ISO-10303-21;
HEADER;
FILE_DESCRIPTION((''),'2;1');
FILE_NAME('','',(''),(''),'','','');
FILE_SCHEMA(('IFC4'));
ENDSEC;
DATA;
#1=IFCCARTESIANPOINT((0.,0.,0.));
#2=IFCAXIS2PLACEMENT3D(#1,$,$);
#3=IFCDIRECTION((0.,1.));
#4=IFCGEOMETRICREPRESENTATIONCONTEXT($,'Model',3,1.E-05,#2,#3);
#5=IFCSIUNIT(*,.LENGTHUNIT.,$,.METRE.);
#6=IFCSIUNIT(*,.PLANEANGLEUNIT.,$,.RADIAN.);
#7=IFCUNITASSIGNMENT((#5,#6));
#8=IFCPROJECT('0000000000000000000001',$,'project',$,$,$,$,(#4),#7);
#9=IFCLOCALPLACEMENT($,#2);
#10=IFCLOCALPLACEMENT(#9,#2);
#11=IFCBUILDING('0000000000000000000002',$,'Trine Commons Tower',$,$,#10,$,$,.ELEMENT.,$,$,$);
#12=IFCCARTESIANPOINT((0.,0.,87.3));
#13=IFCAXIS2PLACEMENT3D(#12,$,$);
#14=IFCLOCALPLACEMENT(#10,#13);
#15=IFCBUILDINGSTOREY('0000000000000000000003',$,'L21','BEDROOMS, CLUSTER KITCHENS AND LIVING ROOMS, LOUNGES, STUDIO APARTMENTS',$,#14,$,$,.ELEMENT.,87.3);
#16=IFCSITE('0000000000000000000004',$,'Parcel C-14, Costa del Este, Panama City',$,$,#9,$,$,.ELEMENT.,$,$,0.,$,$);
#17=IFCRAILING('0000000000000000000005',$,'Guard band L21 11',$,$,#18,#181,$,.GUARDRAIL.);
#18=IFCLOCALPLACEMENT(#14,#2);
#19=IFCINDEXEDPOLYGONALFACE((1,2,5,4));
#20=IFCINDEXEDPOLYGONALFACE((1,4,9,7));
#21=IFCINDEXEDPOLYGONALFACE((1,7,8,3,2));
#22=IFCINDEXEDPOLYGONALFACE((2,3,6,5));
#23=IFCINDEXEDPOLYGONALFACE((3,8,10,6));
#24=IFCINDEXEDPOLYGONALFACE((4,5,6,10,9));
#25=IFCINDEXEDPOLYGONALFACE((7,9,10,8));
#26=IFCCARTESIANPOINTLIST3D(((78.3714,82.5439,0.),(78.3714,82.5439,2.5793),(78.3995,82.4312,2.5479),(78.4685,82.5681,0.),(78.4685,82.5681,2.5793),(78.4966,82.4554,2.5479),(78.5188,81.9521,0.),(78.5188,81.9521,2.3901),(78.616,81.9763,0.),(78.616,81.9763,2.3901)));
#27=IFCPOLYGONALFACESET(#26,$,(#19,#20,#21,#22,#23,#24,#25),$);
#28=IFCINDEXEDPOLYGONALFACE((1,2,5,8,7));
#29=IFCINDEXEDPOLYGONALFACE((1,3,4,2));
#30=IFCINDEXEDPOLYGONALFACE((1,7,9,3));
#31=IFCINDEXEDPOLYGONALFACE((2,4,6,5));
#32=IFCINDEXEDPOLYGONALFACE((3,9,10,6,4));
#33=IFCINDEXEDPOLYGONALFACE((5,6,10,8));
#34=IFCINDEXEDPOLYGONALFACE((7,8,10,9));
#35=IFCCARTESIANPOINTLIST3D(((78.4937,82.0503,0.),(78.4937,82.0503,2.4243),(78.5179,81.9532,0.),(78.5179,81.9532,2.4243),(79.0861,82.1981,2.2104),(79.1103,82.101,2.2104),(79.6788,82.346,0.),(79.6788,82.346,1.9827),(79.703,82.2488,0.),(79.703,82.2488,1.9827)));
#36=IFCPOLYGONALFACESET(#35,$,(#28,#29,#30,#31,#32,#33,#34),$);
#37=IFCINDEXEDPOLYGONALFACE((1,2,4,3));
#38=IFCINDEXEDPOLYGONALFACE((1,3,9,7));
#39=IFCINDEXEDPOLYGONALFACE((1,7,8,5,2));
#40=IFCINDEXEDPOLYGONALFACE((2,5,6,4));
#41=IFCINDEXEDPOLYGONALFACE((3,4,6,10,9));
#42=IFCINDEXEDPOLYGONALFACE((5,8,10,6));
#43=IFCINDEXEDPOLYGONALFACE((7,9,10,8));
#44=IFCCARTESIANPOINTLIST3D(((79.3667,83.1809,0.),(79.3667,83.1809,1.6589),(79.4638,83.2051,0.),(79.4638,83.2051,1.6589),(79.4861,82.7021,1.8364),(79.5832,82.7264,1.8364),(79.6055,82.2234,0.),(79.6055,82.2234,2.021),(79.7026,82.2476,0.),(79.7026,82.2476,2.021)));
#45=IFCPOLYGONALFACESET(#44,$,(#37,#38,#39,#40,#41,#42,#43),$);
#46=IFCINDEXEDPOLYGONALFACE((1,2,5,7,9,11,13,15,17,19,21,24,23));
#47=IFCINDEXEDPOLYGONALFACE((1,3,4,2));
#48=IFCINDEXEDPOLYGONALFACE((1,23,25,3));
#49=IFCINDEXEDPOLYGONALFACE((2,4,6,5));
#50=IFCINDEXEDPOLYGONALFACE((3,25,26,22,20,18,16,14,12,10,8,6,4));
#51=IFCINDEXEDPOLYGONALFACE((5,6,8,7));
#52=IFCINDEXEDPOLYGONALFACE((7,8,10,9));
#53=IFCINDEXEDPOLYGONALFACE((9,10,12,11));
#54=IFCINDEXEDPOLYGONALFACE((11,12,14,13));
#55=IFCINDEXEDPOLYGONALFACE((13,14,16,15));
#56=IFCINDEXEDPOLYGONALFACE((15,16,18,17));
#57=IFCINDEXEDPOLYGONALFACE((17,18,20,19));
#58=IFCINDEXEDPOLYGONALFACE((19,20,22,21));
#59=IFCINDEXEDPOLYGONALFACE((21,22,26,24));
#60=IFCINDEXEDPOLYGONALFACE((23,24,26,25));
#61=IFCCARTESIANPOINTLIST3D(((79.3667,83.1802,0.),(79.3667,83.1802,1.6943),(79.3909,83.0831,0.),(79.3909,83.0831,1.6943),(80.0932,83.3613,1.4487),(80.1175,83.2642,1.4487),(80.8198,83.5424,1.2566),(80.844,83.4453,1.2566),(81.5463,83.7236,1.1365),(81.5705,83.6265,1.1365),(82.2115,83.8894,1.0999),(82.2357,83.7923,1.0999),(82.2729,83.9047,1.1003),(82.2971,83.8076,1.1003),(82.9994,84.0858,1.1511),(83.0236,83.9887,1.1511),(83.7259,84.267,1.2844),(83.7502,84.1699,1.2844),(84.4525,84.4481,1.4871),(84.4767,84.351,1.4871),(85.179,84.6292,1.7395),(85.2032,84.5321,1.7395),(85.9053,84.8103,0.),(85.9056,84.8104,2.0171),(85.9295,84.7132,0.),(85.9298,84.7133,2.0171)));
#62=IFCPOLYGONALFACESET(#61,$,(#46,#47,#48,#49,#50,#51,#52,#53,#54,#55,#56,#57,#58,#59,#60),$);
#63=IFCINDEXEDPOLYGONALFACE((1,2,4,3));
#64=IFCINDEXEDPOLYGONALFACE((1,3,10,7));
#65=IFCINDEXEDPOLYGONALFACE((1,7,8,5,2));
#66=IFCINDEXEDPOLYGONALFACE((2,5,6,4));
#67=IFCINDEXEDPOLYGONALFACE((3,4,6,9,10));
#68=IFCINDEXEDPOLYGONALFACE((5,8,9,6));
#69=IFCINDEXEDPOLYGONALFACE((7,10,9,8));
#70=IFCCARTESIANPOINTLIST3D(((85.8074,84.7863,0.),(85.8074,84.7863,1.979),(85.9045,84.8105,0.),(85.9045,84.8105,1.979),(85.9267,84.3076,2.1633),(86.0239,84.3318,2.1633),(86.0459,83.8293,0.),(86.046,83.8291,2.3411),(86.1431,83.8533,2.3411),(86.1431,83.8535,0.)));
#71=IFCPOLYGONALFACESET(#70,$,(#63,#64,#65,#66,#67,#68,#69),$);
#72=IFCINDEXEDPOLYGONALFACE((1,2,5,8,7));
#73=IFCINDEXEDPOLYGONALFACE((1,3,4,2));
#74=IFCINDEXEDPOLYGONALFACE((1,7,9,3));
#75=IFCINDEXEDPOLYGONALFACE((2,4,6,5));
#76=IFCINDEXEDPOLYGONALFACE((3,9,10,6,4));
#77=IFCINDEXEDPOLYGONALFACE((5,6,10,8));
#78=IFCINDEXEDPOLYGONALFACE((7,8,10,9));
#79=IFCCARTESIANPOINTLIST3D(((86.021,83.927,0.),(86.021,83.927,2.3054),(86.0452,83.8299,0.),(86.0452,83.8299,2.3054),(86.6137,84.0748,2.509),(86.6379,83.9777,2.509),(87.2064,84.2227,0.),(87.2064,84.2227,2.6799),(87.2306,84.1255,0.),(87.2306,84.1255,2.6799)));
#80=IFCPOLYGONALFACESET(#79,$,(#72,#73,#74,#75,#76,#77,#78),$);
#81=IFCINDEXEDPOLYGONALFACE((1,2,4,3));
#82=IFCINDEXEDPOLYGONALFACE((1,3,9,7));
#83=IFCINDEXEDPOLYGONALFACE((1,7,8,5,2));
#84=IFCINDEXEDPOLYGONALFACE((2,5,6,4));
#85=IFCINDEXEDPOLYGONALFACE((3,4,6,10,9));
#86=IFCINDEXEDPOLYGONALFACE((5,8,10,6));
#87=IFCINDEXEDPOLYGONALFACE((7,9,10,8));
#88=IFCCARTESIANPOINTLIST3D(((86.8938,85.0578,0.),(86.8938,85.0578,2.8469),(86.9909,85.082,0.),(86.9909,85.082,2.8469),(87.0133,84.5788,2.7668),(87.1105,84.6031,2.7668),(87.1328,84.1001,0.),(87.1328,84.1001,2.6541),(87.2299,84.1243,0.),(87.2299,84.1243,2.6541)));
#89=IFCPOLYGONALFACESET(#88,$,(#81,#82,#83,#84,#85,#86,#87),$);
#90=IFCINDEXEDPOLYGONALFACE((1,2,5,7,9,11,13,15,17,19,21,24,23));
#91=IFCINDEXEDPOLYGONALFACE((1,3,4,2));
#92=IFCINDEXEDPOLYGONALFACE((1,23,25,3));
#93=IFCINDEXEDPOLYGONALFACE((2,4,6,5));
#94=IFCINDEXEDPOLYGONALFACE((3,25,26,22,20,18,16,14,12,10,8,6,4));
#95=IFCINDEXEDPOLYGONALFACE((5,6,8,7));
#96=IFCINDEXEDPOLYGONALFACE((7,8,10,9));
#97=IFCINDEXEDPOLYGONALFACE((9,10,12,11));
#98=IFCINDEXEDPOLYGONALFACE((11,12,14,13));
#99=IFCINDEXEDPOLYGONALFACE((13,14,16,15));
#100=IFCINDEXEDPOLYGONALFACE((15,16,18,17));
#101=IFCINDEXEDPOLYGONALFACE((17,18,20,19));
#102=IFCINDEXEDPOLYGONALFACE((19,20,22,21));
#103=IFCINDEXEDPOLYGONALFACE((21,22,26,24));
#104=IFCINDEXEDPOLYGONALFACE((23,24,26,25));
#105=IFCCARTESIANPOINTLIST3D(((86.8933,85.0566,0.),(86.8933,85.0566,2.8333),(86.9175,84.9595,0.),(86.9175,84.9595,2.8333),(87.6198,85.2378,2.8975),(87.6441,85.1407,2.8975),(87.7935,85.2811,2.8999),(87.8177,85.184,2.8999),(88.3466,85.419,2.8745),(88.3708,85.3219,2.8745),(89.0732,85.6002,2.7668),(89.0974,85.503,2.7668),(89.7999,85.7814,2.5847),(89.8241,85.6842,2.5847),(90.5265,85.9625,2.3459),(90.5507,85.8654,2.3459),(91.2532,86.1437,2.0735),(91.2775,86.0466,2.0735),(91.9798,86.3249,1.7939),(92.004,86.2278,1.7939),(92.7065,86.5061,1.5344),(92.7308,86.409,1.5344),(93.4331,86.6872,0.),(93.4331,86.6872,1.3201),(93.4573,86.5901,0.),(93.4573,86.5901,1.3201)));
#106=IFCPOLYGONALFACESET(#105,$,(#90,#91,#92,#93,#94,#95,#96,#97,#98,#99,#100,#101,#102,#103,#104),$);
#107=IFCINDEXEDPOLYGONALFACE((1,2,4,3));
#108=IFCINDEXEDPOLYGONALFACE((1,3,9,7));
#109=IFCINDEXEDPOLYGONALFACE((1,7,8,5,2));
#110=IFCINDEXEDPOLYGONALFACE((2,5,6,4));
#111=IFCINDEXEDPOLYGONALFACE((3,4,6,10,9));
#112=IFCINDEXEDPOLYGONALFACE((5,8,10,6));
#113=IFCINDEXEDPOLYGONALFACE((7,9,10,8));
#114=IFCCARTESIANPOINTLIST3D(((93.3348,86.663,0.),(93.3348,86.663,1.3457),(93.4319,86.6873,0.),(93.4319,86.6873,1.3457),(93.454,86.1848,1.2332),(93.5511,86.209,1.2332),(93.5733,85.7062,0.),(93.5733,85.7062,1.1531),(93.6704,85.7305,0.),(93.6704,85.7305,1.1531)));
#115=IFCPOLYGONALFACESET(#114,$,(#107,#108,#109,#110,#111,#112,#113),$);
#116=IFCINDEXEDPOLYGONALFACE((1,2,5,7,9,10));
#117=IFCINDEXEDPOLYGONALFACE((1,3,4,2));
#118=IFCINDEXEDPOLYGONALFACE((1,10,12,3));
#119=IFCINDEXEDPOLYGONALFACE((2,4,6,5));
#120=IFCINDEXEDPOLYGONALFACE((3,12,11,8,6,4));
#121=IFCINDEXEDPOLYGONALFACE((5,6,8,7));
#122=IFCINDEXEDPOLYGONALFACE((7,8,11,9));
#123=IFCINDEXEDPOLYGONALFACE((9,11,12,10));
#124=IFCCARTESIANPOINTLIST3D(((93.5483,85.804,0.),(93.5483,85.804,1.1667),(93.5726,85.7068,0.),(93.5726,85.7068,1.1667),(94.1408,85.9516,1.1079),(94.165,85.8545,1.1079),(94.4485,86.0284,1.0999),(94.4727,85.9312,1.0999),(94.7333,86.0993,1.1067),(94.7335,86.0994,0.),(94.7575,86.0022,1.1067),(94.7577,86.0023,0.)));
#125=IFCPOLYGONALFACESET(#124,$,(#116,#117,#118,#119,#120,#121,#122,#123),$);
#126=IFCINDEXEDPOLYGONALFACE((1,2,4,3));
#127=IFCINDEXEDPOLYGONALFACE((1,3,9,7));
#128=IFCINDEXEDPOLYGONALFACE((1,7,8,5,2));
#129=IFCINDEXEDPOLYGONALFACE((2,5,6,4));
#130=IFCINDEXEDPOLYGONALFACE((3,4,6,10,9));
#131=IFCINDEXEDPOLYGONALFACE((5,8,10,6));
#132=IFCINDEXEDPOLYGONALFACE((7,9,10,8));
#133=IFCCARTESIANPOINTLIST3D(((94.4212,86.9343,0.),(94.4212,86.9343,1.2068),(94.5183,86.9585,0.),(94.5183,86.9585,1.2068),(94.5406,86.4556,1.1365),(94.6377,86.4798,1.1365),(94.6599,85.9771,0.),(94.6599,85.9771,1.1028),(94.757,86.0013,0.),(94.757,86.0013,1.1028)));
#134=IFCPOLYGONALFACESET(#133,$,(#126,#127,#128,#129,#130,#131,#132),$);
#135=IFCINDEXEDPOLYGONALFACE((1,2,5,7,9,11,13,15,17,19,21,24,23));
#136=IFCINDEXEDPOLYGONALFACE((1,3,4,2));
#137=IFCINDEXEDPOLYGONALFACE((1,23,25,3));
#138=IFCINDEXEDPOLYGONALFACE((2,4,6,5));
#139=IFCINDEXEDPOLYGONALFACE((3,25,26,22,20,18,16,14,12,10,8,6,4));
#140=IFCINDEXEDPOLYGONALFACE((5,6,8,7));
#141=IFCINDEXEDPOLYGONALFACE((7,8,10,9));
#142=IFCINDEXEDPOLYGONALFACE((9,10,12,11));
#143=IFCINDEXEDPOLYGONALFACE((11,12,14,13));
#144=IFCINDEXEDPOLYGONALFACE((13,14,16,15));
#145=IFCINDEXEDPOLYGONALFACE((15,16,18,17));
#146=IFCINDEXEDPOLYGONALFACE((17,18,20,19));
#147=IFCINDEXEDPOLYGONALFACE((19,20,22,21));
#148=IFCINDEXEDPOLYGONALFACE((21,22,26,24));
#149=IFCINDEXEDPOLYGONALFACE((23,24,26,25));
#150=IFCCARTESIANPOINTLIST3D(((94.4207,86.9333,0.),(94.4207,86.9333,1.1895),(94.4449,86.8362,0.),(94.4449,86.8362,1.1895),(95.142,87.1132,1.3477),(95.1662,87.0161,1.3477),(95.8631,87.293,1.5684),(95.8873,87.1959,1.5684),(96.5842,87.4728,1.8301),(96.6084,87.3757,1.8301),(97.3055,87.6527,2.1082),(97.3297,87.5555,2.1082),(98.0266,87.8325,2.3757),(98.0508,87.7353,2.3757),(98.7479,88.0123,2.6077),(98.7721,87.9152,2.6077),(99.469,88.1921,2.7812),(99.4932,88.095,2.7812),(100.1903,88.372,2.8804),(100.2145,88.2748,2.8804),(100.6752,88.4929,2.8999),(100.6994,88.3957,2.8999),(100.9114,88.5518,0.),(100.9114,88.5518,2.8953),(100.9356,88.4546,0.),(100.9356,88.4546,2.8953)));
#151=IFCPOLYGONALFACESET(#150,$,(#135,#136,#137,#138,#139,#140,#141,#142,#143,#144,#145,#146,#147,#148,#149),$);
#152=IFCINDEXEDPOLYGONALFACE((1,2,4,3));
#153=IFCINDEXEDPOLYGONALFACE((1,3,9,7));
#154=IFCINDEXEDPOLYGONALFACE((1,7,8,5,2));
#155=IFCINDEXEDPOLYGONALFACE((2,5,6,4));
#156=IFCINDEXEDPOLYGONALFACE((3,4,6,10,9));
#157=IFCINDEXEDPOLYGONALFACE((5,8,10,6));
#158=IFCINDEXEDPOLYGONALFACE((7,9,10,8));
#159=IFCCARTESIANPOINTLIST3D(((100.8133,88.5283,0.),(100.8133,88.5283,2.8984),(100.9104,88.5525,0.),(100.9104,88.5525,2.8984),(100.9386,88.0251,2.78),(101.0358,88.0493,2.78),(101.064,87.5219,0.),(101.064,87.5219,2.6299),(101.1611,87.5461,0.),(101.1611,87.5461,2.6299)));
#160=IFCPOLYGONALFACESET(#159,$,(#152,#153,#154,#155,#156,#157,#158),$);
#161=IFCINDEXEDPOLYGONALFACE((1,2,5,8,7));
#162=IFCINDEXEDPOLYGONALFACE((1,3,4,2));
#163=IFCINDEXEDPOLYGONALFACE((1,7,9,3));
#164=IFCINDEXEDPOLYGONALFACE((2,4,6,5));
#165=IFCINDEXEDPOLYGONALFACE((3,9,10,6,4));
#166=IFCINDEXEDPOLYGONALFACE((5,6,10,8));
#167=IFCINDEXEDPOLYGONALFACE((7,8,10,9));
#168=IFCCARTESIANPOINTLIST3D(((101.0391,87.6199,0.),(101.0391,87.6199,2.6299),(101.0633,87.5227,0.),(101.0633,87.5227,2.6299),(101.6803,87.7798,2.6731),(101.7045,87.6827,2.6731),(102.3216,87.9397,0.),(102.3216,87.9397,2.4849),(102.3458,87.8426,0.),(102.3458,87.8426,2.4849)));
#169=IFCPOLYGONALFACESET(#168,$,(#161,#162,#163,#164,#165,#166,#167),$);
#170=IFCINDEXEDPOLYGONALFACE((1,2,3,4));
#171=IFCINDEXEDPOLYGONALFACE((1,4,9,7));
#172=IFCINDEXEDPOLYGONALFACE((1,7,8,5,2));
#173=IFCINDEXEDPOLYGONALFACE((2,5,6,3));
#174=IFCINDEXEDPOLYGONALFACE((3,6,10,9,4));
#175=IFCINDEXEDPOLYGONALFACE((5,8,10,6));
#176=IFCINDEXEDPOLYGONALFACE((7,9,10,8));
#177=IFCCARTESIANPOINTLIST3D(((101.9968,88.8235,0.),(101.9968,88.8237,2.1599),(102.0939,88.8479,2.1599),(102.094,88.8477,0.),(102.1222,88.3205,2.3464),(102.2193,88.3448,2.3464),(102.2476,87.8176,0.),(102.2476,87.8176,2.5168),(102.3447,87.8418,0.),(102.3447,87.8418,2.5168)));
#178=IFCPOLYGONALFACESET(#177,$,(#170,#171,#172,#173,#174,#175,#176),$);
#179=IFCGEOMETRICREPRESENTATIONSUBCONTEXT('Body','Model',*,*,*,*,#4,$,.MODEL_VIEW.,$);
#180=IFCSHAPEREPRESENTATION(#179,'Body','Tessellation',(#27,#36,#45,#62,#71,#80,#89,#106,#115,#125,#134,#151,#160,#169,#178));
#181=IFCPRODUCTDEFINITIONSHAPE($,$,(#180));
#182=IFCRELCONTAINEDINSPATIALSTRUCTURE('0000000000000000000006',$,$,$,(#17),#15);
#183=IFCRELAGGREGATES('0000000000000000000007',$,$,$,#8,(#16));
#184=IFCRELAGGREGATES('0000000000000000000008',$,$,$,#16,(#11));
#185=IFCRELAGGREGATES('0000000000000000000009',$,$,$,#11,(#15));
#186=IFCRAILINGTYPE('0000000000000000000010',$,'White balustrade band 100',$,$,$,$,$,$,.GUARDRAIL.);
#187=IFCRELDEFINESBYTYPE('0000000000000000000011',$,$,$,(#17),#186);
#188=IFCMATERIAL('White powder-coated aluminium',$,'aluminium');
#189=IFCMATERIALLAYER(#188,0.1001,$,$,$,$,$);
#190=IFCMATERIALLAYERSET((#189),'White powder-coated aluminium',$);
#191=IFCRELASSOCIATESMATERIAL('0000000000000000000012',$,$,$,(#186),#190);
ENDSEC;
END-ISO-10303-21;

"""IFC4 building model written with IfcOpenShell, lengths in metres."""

from ifc_helpers import new_model, si_unit, direction, frame, origin, place, context, subcontext, project, spatial, polyline, outline, extrude, material, layer, layer_set, type_object, element, save


model = new_model("IFC4")

# Units and contexts
model_context = context("Model", 3, precision=1e-05, world=origin(), true_north=direction((0.0, 1.0)))
body_context = subcontext(model_context, "Body", "Model", "MODEL_VIEW")
ifc_project = project(units=[si_unit("LENGTHUNIT", "METRE"), si_unit("PLANEANGLEUNIT", "RADIAN")], contexts=[model_context])

# Site, building, storey
site_placement = place(None, origin())
site = spatial("IfcSite", under=ifc_project, at=site_placement, Name="Parcel C-14, Costa del Este, Panama City", CompositionType="ELEMENT", RefElevation=0.0)
building_placement = place(site_placement, origin())
building = spatial("IfcBuilding", under=site, at=building_placement, Name="Trine Commons Tower", CompositionType="ELEMENT")
storey_placement = place(building_placement, frame((0.0, 0.0, 87.3)))
storey = spatial("IfcBuildingStorey", under=building, at=storey_placement, Name="L21", Description="BEDROOMS, CLUSTER KITCHENS AND LIVING ROOMS, LOUNGES, STUDIO APARTMENTS", CompositionType="ELEMENT", Elevation=87.3)

# Railing
ifc_material_1 = material(Name="White powder-coated aluminium", Category="aluminium")
ifc_layer_1 = layer(ifc_material_1, 0.1001)
ifc_layer_set_1 = layer_set([ifc_layer_1], Name="White powder-coated aluminium")
railing_type = type_object("IfcRailingType", Name="White balustrade band 100", PredefinedType="GUARDRAIL", material=ifc_layer_set_1)
railing_1_placement = place(storey_placement, origin())
element("IfcRailing", 1, at=railing_1_placement, inside=storey, type_object=railing_type, Name="Guard band L21 11", PredefinedType="GUARDRAIL", context=body_context, shape_type="SweptSolid", body=[
    extrude(outline(polyline([(0.0, 0.0), (0.6099, 0.0), (0.6099, 2.3901), (0.6099, 2.3901), (0.1162, 2.5479), (0.0, 2.5793), (0.0, 0.0)])), frame((78.4685, 82.5681, 0.0), z_axis=(-0.970331, -0.241782, 0.0), x_axis=(0.241782, -0.970331, 0.0)), (0.0, 0.0, 1.0), 0.1001),
    extrude(outline(polyline([(0.0, 0.0), (1.2214, 0.0), (1.2214, 1.9827), (0.6106, 2.2104), (0.0, 2.4243), (0.0, 0.0)])), frame((78.4937, 82.0503, 0.0), z_axis=(0.242065, -0.97026, 0.0), x_axis=(0.97026, 0.242065, 0.0)), (0.0, 0.0, 1.0), 0.1001),
    extrude(outline(polyline([(0.0, 0.0), (0.9868, 0.0), (0.9868, 1.6589), (0.4934, 1.8364), (0.0, 2.021), (0.0, 0.0)])), frame((79.6055, 82.2234, 0.0), z_axis=(0.970288, 0.241953, 0.0), x_axis=(-0.241953, 0.970288, 0.0)), (0.0, 0.0, 1.0), 0.1001),
    extrude(outline(polyline([(0.0, 0.0), (6.7388, 0.0), (6.739, 2.0171), (5.9902, 1.7395), (5.2415, 1.4871), (4.4927, 1.2844), (3.7439, 1.1511), (2.9951, 1.1003), (2.9319, 1.0999), (2.2463, 1.1365), (1.4976, 1.2566), (0.7488, 1.4487), (0.0, 1.6943), (0.0, 0.0)])), frame((79.3667, 83.1802, 0.0), z_axis=(0.241905, -0.9703, 0.0), x_axis=(0.9703, 0.241905, 0.0)), (0.0, 0.0, 1.0), 0.1001),
    extrude(outline(polyline([(0.0, 0.0), (0.9863, 0.0), (0.9866, 2.3411), (0.4934, 2.1633), (0.0, 1.979), (0.0, 0.0)])), frame((85.9045, 84.8105, 0.0), z_axis=(-0.970317, -0.241837, 0.0), x_axis=(0.241837, -0.970317, 0.0)), (0.0, 0.0, 1.0), 0.1001),
    extrude(outline(polyline([(0.0, 0.0), (1.2217, 0.0), (1.2217, 2.6799), (0.6108, 2.509), (0.0, 2.3054), (0.0, 0.0)])), frame((86.021, 83.927, 0.0), z_axis=(0.242018, -0.970272, 0.0), x_axis=(0.970272, 0.242018, 0.0)), (0.0, 0.0, 1.0), 0.1001),
    extrude(outline(polyline([(0.0, 0.0), (0.9871, 0.0), (0.9871, 2.8469), (0.4934, 2.7668), (0.0, 2.6541), (0.0, 0.0)])), frame((87.1328, 84.1001, 0.0), z_axis=(0.970244, 0.242128, 0.0), x_axis=(-0.242128, 0.970244, 0.0)), (0.0, 0.0, 1.0), 0.1001),
    extrude(outline(polyline([(0.0, 0.0), (6.74, 0.0), (6.74, 1.3201), (5.9912, 1.5344), (5.2422, 1.7939), (4.4934, 2.0735), (3.7444, 2.3459), (2.9956, 2.5847), (2.2466, 2.7668), (1.4978, 2.8745), (0.9277, 2.8999), (0.7488, 2.8975), (0.0, 2.8333), (0.0, 0.0)])), frame((86.8933, 85.0566, 0.0), z_axis=(0.24193, -0.970294, 0.0), x_axis=(0.970294, 0.24193, 0.0)), (0.0, 0.0, 1.0), 0.1001),
    extrude(outline(polyline([(0.0, 0.0), (0.9861, 0.0), (0.9861, 1.1531), (0.4929, 1.2332), (0.0, 1.3457), (0.0, 0.0)])), frame((93.4319, 86.6873, 0.0), z_axis=(-0.970302, -0.241895, 0.0), x_axis=(0.241895, -0.970302, 0.0)), (0.0, 0.0, 1.0), 0.1001),
    extrude(outline(polyline([(0.0, 0.0), (1.2214, 0.0), (1.2212, 1.1067), (0.9277, 1.0999), (0.6106, 1.1079), (0.0, 1.1667), (0.0, 0.0)])), frame((93.5483, 85.804, 0.0), z_axis=(0.241877, -0.970307, 0.0), x_axis=(0.970307, 0.241877, 0.0)), (0.0, 0.0, 1.0), 0.1001),
    extrude(outline(polyline([(0.0, 0.0), (0.9866, 0.0), (0.9866, 1.2068), (0.4932, 1.1365), (0.0, 1.1028), (0.0, 0.0)])), frame((94.6599, 85.9771, 0.0), z_axis=(0.970273, 0.242012, 0.0), x_axis=(-0.242012, 0.970273, 0.0)), (0.0, 0.0, 1.0), 0.1001),
    extrude(outline(polyline([(0.0, 0.0), (6.6895, 0.0), (6.6895, 2.8953), (6.446, 2.8999), (5.9463, 2.8804), (5.2029, 2.7812), (4.4597, 2.6077), (3.7163, 2.3757), (2.9731, 2.1082), (2.2297, 1.8301), (1.4866, 1.5684), (0.7434, 1.3477), (0.0, 1.1895), (0.0, 0.0)])), frame((94.4207, 86.9333, 0.0), z_axis=(0.241934, -0.970293, 0.0), x_axis=(0.970293, 0.241934, 0.0)), (0.0, 0.0, 1.0), 0.1001),
    extrude(outline(polyline([(0.0, 0.0), (1.0371, 0.0), (1.0371, 2.6299), (0.5186, 2.78), (0.0, 2.8984), (0.0, 0.0)])), frame((100.9104, 88.5525, 0.0), z_axis=(-0.970336, -0.24176, 0.0), x_axis=(0.24176, -0.970336, 0.0)), (0.0, 0.0, 1.0), 0.1001),
    extrude(outline(polyline([(0.0, 0.0), (1.3218, 0.0), (1.3218, 2.4849), (0.6609, 2.6731), (0.0, 2.6299), (0.0, 0.0)])), frame((101.0391, 87.6199, 0.0), z_axis=(0.241971, -0.970284, 0.0), x_axis=(0.970284, 0.241971, 0.0)), (0.0, 0.0, 1.0), 0.1001),
    extrude(outline(polyline([(0.0, 0.0), (1.0366, 0.0), (1.0369, 2.1599), (0.5183, 2.3464), (0.0, 2.5168), (0.0, 0.0)])), frame((102.2476, 87.8176, 0.0), z_axis=(0.970309, 0.241871, 0.0), x_axis=(-0.241871, 0.970309, 0.0)), (0.0, 0.0, 1.0), 0.1001),
])

save(model, "model.ifc")
